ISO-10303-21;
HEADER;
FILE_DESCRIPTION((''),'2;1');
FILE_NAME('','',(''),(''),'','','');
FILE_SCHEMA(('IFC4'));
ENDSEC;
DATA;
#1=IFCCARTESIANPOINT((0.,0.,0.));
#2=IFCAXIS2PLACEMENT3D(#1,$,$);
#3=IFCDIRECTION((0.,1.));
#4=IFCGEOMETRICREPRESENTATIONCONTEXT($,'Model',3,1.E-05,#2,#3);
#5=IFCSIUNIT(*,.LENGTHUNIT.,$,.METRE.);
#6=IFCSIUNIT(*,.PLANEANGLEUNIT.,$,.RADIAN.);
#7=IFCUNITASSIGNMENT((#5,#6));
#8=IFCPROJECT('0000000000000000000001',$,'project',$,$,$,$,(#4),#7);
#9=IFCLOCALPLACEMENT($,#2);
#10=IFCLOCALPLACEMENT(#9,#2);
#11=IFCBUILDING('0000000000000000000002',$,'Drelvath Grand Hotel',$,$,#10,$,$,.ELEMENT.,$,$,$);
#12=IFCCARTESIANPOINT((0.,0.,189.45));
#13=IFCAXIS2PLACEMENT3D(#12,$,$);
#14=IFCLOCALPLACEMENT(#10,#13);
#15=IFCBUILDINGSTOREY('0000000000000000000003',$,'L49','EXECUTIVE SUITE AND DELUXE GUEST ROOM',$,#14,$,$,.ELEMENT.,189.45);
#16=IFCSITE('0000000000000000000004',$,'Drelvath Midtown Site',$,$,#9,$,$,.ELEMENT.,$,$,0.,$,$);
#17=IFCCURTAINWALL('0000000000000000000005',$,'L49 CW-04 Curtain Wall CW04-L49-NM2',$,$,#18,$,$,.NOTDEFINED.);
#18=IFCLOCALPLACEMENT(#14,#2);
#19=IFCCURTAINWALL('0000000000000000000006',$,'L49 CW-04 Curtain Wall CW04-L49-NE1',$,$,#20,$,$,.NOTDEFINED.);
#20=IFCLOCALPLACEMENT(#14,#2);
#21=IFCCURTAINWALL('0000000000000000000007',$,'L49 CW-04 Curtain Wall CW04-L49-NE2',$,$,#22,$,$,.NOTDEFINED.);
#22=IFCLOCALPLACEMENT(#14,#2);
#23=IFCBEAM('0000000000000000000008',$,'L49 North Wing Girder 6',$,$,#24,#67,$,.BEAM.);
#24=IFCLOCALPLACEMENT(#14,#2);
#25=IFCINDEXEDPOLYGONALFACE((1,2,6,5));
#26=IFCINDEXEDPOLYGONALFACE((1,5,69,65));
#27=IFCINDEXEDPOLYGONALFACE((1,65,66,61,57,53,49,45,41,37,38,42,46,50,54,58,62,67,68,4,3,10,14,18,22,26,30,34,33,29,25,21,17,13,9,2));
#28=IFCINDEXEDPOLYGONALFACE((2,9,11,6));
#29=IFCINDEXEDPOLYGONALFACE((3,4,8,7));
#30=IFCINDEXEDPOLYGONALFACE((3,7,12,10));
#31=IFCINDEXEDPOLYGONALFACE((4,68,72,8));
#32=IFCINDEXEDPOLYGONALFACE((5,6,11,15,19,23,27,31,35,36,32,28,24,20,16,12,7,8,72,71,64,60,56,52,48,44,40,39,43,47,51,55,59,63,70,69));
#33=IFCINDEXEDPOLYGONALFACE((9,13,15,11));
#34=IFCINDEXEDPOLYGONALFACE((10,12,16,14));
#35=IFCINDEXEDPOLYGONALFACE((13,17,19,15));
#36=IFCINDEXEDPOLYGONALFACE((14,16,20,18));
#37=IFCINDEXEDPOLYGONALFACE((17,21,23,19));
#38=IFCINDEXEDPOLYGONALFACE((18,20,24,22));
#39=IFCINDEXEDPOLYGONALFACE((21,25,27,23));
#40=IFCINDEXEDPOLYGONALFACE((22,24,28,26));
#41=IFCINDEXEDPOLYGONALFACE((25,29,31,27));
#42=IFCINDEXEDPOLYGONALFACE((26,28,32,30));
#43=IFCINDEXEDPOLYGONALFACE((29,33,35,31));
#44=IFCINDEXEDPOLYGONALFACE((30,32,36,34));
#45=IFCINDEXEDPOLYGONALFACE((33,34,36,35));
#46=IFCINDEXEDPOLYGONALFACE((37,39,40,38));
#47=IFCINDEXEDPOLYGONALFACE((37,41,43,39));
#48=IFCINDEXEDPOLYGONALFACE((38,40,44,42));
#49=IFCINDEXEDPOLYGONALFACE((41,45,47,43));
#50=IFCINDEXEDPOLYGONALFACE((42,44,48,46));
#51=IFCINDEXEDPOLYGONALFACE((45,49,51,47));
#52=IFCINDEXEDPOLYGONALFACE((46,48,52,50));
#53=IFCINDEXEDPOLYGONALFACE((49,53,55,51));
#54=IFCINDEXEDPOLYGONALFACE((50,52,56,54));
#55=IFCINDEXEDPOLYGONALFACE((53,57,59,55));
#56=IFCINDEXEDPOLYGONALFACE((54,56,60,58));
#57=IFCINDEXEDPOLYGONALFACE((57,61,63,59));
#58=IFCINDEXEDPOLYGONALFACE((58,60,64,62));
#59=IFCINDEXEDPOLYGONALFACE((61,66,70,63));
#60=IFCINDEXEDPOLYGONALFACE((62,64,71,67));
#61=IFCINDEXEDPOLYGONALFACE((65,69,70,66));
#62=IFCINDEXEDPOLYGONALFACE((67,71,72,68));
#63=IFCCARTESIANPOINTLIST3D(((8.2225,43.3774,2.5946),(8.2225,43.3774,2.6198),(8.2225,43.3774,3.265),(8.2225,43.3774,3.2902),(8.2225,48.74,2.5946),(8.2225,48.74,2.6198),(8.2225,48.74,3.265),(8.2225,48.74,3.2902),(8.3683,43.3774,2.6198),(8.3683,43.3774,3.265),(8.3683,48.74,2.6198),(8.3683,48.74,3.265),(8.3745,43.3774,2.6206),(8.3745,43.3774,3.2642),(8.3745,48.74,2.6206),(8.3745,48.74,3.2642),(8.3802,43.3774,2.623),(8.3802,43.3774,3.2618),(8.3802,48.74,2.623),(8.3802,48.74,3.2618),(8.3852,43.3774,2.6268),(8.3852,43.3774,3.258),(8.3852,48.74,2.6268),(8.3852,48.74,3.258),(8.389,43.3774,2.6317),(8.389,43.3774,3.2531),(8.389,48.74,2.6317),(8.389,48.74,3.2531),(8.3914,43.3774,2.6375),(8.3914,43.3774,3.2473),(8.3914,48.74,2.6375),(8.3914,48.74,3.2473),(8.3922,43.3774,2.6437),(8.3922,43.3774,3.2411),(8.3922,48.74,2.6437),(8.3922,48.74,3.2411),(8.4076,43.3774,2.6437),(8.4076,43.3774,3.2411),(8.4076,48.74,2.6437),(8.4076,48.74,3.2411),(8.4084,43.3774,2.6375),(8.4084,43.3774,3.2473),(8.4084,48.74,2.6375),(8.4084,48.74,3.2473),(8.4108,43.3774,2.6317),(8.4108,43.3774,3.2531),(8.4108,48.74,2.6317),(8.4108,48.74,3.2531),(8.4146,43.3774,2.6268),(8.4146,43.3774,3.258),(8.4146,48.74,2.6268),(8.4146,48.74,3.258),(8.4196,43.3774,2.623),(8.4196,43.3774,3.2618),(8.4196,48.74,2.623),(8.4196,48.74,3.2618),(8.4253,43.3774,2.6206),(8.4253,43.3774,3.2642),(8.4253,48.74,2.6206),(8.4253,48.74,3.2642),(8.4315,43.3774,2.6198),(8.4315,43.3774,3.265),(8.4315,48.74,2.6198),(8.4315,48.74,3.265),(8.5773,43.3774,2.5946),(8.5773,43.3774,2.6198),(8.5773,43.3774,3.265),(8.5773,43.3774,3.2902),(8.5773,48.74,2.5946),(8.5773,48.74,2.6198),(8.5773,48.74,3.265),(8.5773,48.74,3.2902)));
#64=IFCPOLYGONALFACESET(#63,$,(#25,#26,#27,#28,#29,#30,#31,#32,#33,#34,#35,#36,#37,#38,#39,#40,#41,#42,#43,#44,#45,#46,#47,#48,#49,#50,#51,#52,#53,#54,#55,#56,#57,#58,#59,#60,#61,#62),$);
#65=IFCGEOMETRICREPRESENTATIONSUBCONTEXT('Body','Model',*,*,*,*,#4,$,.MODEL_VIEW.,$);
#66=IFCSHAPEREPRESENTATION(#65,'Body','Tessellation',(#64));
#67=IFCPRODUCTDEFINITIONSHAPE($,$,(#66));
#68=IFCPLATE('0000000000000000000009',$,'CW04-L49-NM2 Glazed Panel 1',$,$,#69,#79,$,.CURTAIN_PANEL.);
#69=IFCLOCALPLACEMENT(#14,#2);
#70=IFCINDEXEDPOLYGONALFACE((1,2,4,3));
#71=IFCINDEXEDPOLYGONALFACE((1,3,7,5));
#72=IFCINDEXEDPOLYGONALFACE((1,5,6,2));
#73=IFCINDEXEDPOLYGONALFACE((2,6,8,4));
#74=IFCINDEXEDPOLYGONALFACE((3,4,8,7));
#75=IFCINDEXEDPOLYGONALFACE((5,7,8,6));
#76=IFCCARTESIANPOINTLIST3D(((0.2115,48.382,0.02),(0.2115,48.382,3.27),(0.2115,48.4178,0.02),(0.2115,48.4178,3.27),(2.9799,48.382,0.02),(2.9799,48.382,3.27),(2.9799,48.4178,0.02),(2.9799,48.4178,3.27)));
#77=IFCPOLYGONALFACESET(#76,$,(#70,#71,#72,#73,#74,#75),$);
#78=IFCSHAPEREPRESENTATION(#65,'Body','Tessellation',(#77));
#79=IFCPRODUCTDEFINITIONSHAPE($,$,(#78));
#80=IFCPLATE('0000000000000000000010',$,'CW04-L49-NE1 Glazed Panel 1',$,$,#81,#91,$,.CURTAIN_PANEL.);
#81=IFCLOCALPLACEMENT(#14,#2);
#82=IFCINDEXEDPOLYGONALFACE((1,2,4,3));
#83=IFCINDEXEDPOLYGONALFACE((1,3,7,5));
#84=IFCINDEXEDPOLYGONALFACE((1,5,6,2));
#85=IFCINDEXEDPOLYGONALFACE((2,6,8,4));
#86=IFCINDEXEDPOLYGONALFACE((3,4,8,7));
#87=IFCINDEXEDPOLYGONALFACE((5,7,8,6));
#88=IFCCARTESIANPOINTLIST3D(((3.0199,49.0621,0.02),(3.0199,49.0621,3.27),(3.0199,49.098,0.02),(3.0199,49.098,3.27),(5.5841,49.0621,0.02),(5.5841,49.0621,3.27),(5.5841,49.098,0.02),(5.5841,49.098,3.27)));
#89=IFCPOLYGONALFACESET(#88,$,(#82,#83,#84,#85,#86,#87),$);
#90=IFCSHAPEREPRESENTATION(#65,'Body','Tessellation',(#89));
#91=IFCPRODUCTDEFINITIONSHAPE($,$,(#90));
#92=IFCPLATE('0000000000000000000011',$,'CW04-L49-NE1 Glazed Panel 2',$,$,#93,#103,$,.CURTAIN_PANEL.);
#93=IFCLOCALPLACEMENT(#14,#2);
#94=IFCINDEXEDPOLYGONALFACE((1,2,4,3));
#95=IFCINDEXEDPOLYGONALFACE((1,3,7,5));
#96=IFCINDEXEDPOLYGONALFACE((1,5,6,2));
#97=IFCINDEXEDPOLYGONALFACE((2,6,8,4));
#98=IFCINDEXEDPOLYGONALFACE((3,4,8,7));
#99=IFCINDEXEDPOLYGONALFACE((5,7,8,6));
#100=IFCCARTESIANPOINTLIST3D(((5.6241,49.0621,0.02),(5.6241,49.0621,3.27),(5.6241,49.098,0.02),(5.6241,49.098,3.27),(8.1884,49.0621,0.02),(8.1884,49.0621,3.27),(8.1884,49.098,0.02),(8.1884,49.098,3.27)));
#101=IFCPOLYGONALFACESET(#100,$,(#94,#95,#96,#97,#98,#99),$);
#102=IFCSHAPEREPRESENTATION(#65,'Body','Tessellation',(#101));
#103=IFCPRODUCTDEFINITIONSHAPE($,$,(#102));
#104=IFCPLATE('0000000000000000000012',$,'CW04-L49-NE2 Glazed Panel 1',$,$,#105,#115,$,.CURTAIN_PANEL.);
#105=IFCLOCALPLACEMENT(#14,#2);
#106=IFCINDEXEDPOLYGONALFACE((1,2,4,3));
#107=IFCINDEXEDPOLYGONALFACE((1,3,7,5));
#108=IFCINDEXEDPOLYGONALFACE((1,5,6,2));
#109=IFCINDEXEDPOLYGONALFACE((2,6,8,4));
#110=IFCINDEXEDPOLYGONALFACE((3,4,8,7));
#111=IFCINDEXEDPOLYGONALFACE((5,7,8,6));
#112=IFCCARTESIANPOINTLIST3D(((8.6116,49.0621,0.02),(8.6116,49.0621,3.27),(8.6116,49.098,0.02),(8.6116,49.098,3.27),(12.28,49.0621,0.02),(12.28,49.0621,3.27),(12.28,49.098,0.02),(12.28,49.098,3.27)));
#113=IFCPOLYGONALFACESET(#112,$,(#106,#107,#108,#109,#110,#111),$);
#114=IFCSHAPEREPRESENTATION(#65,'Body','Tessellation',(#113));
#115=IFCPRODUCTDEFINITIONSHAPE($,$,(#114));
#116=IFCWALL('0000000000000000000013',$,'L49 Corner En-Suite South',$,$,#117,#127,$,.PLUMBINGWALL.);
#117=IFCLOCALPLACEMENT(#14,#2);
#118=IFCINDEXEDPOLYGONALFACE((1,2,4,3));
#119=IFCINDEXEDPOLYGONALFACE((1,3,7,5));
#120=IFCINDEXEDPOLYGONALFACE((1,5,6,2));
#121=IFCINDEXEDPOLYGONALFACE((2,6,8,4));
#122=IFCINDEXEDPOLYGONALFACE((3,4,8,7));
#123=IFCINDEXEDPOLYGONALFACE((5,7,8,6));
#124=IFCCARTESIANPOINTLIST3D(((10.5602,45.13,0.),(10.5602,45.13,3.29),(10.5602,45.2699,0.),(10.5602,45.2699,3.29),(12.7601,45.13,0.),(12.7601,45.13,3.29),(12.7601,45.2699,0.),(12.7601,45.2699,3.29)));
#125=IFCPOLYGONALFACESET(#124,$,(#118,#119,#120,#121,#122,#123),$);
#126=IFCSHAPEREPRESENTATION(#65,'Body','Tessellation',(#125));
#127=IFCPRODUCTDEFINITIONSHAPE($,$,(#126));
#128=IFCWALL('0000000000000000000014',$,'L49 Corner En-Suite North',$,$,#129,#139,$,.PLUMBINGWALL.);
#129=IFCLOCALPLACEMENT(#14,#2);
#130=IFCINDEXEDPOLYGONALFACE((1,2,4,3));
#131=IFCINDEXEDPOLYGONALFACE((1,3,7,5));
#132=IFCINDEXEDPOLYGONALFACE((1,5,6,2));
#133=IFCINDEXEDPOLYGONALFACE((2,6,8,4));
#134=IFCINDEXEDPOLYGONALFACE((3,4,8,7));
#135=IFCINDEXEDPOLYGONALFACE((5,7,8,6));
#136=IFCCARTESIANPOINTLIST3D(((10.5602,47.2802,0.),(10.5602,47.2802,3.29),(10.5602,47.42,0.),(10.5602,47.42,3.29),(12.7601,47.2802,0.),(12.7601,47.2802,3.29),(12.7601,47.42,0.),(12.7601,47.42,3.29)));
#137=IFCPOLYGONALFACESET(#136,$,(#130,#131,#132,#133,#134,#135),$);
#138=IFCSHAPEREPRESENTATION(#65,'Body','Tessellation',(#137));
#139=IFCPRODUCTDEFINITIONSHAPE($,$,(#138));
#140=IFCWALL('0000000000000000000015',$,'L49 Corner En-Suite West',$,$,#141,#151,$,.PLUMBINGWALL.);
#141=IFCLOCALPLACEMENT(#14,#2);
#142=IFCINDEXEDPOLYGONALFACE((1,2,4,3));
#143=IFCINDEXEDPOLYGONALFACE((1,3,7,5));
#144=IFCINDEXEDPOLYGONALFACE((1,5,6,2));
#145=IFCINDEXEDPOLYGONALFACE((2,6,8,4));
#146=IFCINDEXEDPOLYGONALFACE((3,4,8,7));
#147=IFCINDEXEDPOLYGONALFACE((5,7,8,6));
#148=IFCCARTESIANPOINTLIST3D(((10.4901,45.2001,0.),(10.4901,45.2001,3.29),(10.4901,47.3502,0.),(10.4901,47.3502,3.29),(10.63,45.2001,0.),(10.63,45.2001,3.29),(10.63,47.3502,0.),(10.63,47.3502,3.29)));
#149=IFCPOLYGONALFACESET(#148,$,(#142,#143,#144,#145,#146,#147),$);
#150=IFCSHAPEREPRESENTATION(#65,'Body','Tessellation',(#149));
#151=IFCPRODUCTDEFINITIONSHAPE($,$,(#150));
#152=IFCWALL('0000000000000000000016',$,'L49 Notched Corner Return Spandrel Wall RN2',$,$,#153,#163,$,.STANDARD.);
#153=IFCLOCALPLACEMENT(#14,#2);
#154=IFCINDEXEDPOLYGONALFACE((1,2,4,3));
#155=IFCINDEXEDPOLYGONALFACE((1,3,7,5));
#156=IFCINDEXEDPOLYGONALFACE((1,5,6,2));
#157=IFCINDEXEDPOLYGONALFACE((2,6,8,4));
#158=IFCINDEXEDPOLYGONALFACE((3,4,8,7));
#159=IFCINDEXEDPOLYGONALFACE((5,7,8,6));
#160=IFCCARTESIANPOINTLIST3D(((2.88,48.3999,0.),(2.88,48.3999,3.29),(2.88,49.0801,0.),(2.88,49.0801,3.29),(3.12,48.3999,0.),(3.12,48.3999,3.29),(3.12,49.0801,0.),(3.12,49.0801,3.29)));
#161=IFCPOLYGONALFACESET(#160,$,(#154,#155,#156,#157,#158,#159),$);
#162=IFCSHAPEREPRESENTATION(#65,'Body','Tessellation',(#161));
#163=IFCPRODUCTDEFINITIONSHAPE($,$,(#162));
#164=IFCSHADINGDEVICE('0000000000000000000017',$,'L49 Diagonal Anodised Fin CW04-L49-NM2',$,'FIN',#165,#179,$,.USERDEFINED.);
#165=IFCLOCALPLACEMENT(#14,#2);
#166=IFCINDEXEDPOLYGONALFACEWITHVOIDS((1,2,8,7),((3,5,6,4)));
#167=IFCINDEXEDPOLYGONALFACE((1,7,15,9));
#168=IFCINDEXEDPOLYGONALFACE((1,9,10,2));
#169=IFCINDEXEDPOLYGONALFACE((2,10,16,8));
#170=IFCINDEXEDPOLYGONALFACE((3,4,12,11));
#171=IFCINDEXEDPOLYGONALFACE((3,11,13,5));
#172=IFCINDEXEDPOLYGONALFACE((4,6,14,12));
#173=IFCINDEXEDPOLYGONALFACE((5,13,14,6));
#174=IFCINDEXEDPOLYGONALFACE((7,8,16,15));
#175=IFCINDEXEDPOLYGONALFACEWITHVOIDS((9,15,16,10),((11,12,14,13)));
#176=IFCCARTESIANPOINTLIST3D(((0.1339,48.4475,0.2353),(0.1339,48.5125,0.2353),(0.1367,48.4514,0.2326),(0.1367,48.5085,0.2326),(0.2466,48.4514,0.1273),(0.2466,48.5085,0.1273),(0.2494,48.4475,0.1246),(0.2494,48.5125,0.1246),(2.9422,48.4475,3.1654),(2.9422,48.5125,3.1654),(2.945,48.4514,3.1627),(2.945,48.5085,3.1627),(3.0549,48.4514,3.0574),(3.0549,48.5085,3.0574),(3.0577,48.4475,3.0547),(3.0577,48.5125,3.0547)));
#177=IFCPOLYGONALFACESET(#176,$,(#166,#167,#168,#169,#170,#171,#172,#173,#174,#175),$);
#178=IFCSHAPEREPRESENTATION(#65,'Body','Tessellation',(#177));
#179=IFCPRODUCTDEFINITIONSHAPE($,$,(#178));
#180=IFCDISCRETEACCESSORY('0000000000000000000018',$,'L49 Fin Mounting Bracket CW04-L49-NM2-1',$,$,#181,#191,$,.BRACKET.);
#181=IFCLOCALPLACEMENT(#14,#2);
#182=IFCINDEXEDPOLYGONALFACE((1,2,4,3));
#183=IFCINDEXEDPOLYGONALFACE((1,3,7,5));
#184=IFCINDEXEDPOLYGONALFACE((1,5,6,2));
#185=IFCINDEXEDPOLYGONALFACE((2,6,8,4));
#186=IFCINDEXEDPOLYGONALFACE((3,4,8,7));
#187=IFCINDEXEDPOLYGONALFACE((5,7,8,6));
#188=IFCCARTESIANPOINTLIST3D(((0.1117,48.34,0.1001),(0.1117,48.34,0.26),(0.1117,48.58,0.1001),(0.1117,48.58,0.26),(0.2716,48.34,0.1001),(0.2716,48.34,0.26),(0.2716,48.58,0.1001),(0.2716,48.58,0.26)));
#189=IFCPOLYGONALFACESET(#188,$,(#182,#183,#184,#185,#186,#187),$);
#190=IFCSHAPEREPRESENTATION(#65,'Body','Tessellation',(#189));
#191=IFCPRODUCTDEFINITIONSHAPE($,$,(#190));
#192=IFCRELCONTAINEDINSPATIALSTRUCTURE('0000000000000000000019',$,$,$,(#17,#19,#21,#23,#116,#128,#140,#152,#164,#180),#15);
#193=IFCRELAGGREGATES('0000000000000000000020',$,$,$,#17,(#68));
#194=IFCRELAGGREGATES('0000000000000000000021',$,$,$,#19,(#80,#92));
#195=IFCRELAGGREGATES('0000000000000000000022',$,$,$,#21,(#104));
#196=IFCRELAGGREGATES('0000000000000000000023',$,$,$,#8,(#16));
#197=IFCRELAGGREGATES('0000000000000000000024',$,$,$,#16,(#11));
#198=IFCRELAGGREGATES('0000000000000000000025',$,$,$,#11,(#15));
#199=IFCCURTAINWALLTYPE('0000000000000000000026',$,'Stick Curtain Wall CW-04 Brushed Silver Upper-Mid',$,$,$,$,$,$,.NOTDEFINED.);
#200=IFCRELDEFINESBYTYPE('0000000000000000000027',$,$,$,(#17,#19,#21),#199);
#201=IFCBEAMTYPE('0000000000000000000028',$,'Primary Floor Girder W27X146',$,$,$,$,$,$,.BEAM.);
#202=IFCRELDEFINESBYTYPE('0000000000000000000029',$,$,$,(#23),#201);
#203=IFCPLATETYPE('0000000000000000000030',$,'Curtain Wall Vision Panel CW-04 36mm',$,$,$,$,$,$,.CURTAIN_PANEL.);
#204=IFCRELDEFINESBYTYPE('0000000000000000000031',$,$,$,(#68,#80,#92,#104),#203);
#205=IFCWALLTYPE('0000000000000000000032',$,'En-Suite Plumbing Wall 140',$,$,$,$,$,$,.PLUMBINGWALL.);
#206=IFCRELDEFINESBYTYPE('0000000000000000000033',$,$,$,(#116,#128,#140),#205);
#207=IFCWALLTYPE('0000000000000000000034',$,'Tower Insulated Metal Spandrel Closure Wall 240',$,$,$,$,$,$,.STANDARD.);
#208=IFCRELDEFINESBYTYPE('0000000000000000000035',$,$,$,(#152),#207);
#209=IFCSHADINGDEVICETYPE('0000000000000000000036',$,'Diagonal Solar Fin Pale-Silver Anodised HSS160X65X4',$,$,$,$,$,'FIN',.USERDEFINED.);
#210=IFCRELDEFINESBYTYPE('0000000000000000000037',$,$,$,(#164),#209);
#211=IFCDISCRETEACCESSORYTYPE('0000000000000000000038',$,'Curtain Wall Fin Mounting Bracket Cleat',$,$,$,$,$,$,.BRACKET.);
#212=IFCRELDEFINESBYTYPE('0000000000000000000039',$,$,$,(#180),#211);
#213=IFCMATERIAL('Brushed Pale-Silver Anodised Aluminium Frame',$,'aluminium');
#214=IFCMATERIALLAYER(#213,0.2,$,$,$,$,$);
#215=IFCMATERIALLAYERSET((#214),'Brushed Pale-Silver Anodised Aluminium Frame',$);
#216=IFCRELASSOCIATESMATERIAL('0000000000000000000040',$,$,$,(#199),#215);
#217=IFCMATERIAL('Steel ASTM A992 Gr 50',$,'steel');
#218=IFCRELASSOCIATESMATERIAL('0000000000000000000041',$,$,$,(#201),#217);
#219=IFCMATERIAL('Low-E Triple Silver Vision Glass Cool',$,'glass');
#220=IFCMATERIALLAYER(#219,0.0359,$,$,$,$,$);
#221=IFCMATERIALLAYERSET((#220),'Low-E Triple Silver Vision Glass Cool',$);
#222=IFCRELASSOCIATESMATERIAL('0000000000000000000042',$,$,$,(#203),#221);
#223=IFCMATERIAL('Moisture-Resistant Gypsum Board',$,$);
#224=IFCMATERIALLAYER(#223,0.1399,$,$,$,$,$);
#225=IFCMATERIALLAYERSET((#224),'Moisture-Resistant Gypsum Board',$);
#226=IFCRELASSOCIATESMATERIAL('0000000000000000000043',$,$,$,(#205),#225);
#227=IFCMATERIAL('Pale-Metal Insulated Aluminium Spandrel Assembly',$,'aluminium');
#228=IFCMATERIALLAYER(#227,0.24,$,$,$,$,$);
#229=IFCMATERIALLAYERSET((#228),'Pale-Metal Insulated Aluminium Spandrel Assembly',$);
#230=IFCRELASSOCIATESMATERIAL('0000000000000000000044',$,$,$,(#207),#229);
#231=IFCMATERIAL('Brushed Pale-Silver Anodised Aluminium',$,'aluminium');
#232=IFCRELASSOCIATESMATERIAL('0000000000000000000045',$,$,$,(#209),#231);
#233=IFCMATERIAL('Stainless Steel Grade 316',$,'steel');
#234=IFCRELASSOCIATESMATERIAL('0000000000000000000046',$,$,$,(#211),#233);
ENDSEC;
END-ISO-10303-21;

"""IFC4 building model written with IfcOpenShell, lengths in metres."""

from ifc_helpers import new_model, si_unit, direction, frame, frame_2d, origin, origin_2d, place, context, subcontext, project, spatial, rectangle, hollow_rectangle, i_section, extrude, material, layer, layer_set, material_profile, profile_set, type_object, element, aggregate, save


model = new_model("IFC4")

# Units and contexts
model_context = context("Model", 3, precision=1e-05, world=origin(), true_north=direction((0.0, 1.0)))
body_context = subcontext(model_context, "Body", "Model", "MODEL_VIEW")
ifc_project = project(units=[si_unit("LENGTHUNIT", "METRE"), si_unit("PLANEANGLEUNIT", "RADIAN")], contexts=[model_context])

# Site, building, storey
site_placement = place(None, origin())
site = spatial("IfcSite", under=ifc_project, at=site_placement, Name="Drelvath Midtown Site", CompositionType="ELEMENT", RefElevation=0.0)
building_placement = place(site_placement, origin())
building = spatial("IfcBuilding", under=site, at=building_placement, Name="Drelvath Grand Hotel", CompositionType="ELEMENT")
storey_placement = place(building_placement, frame((0.0, 0.0, 189.45)))
storey = spatial("IfcBuildingStorey", under=building, at=storey_placement, Name="L49", Description="EXECUTIVE SUITE AND DELUXE GUEST ROOM", CompositionType="ELEMENT", Elevation=189.45)

# Curtain walls
ifc_material_1 = material(Name="Brushed Pale-Silver Anodised Aluminium Frame", Category="aluminium")
ifc_layer_1 = layer(ifc_material_1, 0.2)
ifc_layer_set_1 = layer_set([ifc_layer_1], Name="Brushed Pale-Silver Anodised Aluminium Frame")
curtain_wall_type = type_object("IfcCurtainWallType", Name="Stick Curtain Wall CW-04 Brushed Silver Upper-Mid", PredefinedType="NOTDEFINED", material=ifc_layer_set_1)
curtain_wall_1_placement = place(storey_placement, origin())
curtain_wall_1 = element("IfcCurtainWall", 1, at=curtain_wall_1_placement, inside=storey, type_object=curtain_wall_type, Name="L49 CW-04 Curtain Wall CW04-L49-NM2", PredefinedType="NOTDEFINED")
curtain_wall_2_placement = place(storey_placement, origin())
curtain_wall_2 = element("IfcCurtainWall", 2, at=curtain_wall_2_placement, inside=storey, type_object=curtain_wall_type, Name="L49 CW-04 Curtain Wall CW04-L49-NE1", PredefinedType="NOTDEFINED")
curtain_wall_3_placement = place(storey_placement, origin())
curtain_wall_3 = element("IfcCurtainWall", 3, at=curtain_wall_3_placement, inside=storey, type_object=curtain_wall_type, Name="L49 CW-04 Curtain Wall CW04-L49-NE2", PredefinedType="NOTDEFINED")

# Beam
ifc_material_2 = material(Name="Steel ASTM A992 Gr 50", Category="steel")
ifc_material_profile_1 = material_profile(ifc_material_2, i_section(OverallWidth=0.3547, OverallDepth=0.6956, WebThickness=0.0154, FlangeThickness=0.0251, FilletRadius=0.0239, at=origin_2d()), Name="W27X146")
ifc_profile_set_1 = profile_set([ifc_material_profile_1], Name="Steel ASTM A992 Gr 50")
beam_type_1 = type_object("IfcBeamType", Name="Primary Floor Girder W27X146", PredefinedType="BEAM", material=ifc_profile_set_1)
beam_1_placement = place(storey_placement, frame((8.3999, 43.3774, 2.9424), z_axis=(0.0, 1.0, 0.0), x_axis=(-1.0, 0.0, 0.0)))
element("IfcBeam", 4, at=beam_1_placement, inside=storey, type_object=beam_type_1, Name="L49 North Wing Girder 6", PredefinedType="BEAM", context=body_context, shape_type="SweptSolid", body=[
    extrude(i_section(OverallWidth=0.3547, OverallDepth=0.6956, WebThickness=0.0154, FlangeThickness=0.0251, FilletRadius=0.0239, at=origin_2d()), origin(), (0.0, 0.0, 1.0), 5.3625),
])

# Plates
ifc_material_3 = material(Name="Low-E Triple Silver Vision Glass Cool", Category="glass")
ifc_layer_2 = layer(ifc_material_3, 0.0359)
ifc_layer_set_2 = layer_set([ifc_layer_2], Name="Low-E Triple Silver Vision Glass Cool")
plate_type = type_object("IfcPlateType", Name="Curtain Wall Vision Panel CW-04 36mm", PredefinedType="CURTAIN_PANEL", material=ifc_layer_set_2)
plate_1_placement = place(storey_placement, frame((1.5957, 48.3999, 0.02), z_axis=(0.0, 0.0, 1.0), x_axis=(1.0, 0.0, 0.0)))
plate_1 = element("IfcPlate", 5, at=plate_1_placement, type_object=plate_type, Name="CW04-L49-NM2 Glazed Panel 1", PredefinedType="CURTAIN_PANEL", context=body_context, shape_type="SweptSolid", body=[
    extrude(rectangle(XDim=2.7683, YDim=0.0359, at=origin_2d()), origin(), (0.0, 0.0, 1.0), 3.25),
])
aggregate(curtain_wall_1, [plate_1])
plate_2_placement = place(storey_placement, frame((4.302, 49.0801, 0.02), z_axis=(0.0, 0.0, 1.0), x_axis=(1.0, 0.0, 0.0)))
plate_2 = element("IfcPlate", 6, at=plate_2_placement, type_object=plate_type, Name="CW04-L49-NE1 Glazed Panel 1", PredefinedType="CURTAIN_PANEL", context=body_context, shape_type="SweptSolid", body=[
    extrude(rectangle(XDim=2.5642, YDim=0.0359, at=origin_2d()), origin(), (0.0, 0.0, 1.0), 3.25),
])
plate_3_placement = place(storey_placement, frame((6.9062, 49.0801, 0.02), z_axis=(0.0, 0.0, 1.0), x_axis=(1.0, 0.0, 0.0)))
plate_3 = element("IfcPlate", 7, at=plate_3_placement, type_object=plate_type, Name="CW04-L49-NE1 Glazed Panel 2", PredefinedType="CURTAIN_PANEL", context=body_context, shape_type="SweptSolid", body=[
    extrude(rectangle(XDim=2.5642, YDim=0.0359, at=origin_2d()), origin(), (0.0, 0.0, 1.0), 3.25),
])
aggregate(curtain_wall_2, [plate_2, plate_3])
plate_4_placement = place(storey_placement, frame((10.4458, 49.0801, 0.02), z_axis=(0.0, 0.0, 1.0), x_axis=(1.0, 0.0, 0.0)))
plate_4 = element("IfcPlate", 8, at=plate_4_placement, type_object=plate_type, Name="CW04-L49-NE2 Glazed Panel 1", PredefinedType="CURTAIN_PANEL", context=body_context, shape_type="SweptSolid", body=[
    extrude(rectangle(XDim=3.6685, YDim=0.0359, at=origin_2d()), origin(), (0.0, 0.0, 1.0), 3.25),
])
aggregate(curtain_wall_3, [plate_4])

# Walls
ifc_material_4 = material(Name="Moisture-Resistant Gypsum Board")
ifc_layer_3 = layer(ifc_material_4, 0.1399)
ifc_layer_set_3 = layer_set([ifc_layer_3], Name="Moisture-Resistant Gypsum Board")
wall_type_1 = type_object("IfcWallType", Name="En-Suite Plumbing Wall 140", PredefinedType="PLUMBINGWALL", material=ifc_layer_set_3)
for number, where, z_axis, x_axis, name in (
    (9, (10.5601, 45.2, 0.0), (0.0, 0.0, 1.0), (1.0, 0.0, 0.0), "L49 Corner En-Suite South"),
    (10, (10.5601, 47.3501, 0.0), (0.0, 0.0, 1.0), (1.0, 0.0, 0.0), "L49 Corner En-Suite North"),
):
    element("IfcWall", number, at=place(storey_placement, frame(where, z_axis=z_axis, x_axis=x_axis)), inside=storey, type_object=wall_type_1, Name=name, PredefinedType="PLUMBINGWALL", context=body_context, shape_type="SweptSolid", body=[
        extrude(rectangle(XDim=2.2, YDim=0.1399, at=frame_2d((1.1001, 0.0))), origin(), (0.0, 0.0, 1.0), 3.29),
    ])
wall_1_placement = place(storey_placement, frame((10.5601, 45.2, 0.0), z_axis=(0.0, 0.0, 1.0), x_axis=(0.0, 1.0, 0.0)))
element("IfcWall", 11, at=wall_1_placement, inside=storey, type_object=wall_type_1, Name="L49 Corner En-Suite West", PredefinedType="PLUMBINGWALL", context=body_context, shape_type="SweptSolid", body=[
    extrude(rectangle(XDim=2.1501, YDim=0.1399, at=frame_2d((1.0752, 0.0))), origin(), (0.0, 0.0, 1.0), 3.29),
])
ifc_material_5 = material(Name="Pale-Metal Insulated Aluminium Spandrel Assembly", Category="aluminium")
ifc_layer_4 = layer(ifc_material_5, 0.24)
ifc_layer_set_4 = layer_set([ifc_layer_4], Name="Pale-Metal Insulated Aluminium Spandrel Assembly")
wall_type_2 = type_object("IfcWallType", Name="Tower Insulated Metal Spandrel Closure Wall 240", PredefinedType="STANDARD", material=ifc_layer_set_4)
wall_2_placement = place(storey_placement, frame((3.0, 48.3999, 0.0), z_axis=(0.0, 0.0, 1.0), x_axis=(0.0, 1.0, 0.0)))
element("IfcWall", 12, at=wall_2_placement, inside=storey, type_object=wall_type_2, Name="L49 Notched Corner Return Spandrel Wall RN2", PredefinedType="STANDARD", context=body_context, shape_type="SweptSolid", body=[
    extrude(rectangle(XDim=0.6802, YDim=0.24, at=frame_2d((0.3401, 0.0))), origin(), (0.0, 0.0, 1.0), 3.29),
])

# Shading device
ifc_material_6 = material(Name="Brushed Pale-Silver Anodised Aluminium", Category="aluminium")
ifc_material_profile_2 = material_profile(ifc_material_6, hollow_rectangle(XDim=0.0649, YDim=0.1599, WallThickness=0.0039, at=origin_2d()), Name="HSS160X65X4")
ifc_profile_set_2 = profile_set([ifc_material_profile_2], Name="Brushed Pale-Silver Anodised Aluminium")
shading_device_type = type_object("IfcShadingDeviceType", Name="Diagonal Solar Fin Pale-Silver Anodised HSS160X65X4", ElementType="FIN", PredefinedType="USERDEFINED", material=ifc_profile_set_2)
shading_device_placement = place(storey_placement, frame((0.1917, 48.48, 0.1799), z_axis=(0.691939, 0.0, 0.721956), x_axis=(0.0, 1.0, 0.0)))
element("IfcShadingDevice", 13, at=shading_device_placement, inside=storey, type_object=shading_device_type, Name="L49 Diagonal Anodised Fin CW04-L49-NM2", ObjectType="FIN", PredefinedType="USERDEFINED", context=body_context, shape_type="SweptSolid", body=[
    extrude(hollow_rectangle(XDim=0.0649, YDim=0.1599, WallThickness=0.0039, at=origin_2d()), origin(), (0.0, 0.0, 1.0), 4.0586),
])

# Discrete accessory
ifc_material_7 = material(Name="Stainless Steel Grade 316", Category="steel")
discrete_accessory_type = type_object("IfcDiscreteAccessoryType", Name="Curtain Wall Fin Mounting Bracket Cleat", PredefinedType="BRACKET", material=ifc_material_7)
discrete_accessory_placement = place(storey_placement, frame((0.1917, 48.46, 0.1001), z_axis=(0.0, 0.0, 1.0), x_axis=(1.0, 0.0, 0.0)))
element("IfcDiscreteAccessory", 14, at=discrete_accessory_placement, inside=storey, type_object=discrete_accessory_type, Name="L49 Fin Mounting Bracket CW04-L49-NM2-1", PredefinedType="BRACKET", context=body_context, shape_type="SweptSolid", body=[
    extrude(rectangle(XDim=0.1599, YDim=0.24, at=origin_2d()), origin(), (0.0, 0.0, 1.0), 0.1599),
])

save(model, "model.ifc")
